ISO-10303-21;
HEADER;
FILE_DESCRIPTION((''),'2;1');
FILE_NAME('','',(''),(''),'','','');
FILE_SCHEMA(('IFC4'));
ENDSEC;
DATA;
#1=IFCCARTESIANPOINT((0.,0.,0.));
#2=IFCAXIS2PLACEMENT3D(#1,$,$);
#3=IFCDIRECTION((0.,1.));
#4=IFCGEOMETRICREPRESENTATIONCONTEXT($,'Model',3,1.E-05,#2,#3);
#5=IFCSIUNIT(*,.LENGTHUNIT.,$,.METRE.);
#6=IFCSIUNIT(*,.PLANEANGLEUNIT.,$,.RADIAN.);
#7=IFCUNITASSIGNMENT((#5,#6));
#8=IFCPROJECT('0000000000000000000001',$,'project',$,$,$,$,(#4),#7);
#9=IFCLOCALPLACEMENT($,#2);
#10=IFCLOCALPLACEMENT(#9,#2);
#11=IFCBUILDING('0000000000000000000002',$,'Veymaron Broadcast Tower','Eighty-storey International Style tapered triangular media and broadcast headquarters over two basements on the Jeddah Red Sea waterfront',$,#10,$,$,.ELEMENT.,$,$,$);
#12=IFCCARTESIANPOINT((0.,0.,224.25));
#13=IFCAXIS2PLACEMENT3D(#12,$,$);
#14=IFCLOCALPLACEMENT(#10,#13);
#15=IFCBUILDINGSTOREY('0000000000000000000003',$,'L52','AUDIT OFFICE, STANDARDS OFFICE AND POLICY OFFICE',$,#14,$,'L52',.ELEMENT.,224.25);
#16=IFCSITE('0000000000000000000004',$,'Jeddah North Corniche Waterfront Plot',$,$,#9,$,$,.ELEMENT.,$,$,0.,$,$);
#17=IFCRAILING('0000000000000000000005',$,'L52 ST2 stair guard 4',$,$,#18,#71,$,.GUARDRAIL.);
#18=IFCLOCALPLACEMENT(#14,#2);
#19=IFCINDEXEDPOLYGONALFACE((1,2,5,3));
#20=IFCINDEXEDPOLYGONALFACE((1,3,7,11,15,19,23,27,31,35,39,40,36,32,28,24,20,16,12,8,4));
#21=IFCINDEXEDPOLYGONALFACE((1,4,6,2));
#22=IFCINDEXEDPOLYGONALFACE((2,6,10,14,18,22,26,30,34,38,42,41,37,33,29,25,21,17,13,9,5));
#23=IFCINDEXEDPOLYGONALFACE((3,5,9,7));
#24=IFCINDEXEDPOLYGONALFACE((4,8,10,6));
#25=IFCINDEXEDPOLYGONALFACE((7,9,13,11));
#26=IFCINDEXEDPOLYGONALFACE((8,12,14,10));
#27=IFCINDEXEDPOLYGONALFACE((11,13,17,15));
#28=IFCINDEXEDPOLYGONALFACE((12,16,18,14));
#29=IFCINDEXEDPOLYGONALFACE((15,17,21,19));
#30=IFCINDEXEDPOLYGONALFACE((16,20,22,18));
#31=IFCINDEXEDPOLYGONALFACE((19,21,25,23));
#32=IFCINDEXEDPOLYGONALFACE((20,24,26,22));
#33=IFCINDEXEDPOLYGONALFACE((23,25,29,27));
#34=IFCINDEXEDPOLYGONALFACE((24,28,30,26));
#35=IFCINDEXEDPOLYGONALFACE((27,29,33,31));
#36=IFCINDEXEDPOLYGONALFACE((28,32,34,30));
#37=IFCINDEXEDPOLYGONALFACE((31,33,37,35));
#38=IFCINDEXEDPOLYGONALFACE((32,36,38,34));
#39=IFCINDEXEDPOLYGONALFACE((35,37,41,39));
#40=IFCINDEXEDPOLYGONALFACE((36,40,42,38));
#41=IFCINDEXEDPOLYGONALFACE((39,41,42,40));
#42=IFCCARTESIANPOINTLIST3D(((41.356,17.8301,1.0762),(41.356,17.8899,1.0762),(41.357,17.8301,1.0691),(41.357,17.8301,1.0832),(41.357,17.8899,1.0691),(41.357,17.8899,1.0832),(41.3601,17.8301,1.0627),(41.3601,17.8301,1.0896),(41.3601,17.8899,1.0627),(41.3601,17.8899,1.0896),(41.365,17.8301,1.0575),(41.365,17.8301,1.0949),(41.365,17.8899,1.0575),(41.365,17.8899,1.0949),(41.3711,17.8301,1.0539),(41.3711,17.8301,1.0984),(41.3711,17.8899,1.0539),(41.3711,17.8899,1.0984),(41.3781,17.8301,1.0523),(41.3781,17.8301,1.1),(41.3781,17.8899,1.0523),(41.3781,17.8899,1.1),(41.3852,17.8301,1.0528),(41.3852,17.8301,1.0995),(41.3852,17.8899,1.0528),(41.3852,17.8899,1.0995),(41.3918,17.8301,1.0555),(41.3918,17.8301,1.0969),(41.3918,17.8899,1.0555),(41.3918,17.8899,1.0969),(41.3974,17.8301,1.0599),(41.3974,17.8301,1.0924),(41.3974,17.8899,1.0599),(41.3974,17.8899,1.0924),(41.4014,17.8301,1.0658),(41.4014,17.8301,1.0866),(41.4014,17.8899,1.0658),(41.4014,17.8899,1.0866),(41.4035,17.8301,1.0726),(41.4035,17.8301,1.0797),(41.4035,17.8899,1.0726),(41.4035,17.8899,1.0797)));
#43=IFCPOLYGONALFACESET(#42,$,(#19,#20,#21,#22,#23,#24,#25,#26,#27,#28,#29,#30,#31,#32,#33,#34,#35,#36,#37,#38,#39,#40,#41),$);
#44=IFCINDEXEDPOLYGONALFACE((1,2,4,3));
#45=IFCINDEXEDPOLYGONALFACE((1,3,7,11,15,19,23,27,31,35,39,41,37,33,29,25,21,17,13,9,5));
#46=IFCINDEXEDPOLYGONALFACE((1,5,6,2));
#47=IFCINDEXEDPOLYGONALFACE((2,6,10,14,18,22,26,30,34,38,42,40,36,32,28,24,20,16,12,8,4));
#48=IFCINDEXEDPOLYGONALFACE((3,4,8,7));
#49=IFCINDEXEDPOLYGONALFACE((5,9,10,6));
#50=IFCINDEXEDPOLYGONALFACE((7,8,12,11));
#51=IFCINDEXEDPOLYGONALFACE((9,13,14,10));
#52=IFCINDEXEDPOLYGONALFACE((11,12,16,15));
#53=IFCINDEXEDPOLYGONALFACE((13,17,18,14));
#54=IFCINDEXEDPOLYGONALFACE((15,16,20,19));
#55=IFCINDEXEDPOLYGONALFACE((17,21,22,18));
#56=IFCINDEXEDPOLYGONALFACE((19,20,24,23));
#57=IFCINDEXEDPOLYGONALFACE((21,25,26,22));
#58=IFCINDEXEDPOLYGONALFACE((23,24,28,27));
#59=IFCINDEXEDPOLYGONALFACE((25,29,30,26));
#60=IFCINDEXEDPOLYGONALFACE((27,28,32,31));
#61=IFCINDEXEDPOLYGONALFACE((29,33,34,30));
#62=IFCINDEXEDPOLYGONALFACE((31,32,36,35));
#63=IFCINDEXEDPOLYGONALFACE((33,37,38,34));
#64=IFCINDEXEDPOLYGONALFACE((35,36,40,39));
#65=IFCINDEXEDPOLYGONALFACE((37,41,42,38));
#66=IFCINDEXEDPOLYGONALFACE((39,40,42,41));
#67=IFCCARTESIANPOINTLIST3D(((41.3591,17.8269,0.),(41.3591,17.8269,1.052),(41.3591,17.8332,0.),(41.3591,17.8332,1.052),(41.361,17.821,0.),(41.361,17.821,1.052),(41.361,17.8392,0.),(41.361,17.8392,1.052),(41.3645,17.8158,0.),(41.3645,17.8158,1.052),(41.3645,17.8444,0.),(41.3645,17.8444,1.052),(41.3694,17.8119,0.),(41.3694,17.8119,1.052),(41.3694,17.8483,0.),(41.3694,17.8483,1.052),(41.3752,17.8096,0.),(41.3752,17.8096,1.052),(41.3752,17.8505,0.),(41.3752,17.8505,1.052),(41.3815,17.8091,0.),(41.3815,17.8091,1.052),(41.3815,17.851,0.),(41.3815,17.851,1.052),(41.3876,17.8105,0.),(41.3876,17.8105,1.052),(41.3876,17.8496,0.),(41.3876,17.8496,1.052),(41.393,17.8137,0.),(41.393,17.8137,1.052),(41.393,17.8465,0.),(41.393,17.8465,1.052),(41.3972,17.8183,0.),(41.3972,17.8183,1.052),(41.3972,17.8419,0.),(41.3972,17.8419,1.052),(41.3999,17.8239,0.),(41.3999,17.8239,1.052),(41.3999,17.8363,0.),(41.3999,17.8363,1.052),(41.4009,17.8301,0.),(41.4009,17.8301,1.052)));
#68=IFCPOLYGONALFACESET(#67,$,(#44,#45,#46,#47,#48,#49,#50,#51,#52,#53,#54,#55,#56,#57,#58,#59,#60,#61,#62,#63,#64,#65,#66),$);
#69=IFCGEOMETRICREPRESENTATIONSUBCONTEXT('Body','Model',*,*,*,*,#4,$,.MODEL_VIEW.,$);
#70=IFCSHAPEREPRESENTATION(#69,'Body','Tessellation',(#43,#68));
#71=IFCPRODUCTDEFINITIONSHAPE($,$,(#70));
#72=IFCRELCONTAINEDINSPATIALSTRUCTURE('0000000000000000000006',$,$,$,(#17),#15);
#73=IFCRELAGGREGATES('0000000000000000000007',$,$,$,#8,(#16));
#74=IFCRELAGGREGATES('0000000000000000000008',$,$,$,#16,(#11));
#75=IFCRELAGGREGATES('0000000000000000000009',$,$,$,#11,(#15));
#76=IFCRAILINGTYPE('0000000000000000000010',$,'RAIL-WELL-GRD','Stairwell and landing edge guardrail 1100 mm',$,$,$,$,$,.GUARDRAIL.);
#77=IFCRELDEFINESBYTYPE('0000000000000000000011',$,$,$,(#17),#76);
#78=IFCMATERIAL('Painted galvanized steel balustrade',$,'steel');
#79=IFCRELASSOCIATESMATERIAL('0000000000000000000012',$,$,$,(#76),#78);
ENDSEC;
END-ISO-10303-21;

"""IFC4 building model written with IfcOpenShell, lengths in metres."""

from ifc_helpers import new_model, si_unit, direction, frame, origin, origin_2d, place, context, subcontext, project, spatial, circle, extrude, material, type_object, element, save


model = new_model("IFC4")

# Units and contexts
model_context = context("Model", 3, precision=1e-05, world=origin(), true_north=direction((0.0, 1.0)))
body_context = subcontext(model_context, "Body", "Model", "MODEL_VIEW")
ifc_project = project(units=[si_unit("LENGTHUNIT", "METRE"), si_unit("PLANEANGLEUNIT", "RADIAN")], contexts=[model_context])

# Site, building, storey
site_placement = place(None, origin())
site = spatial("IfcSite", under=ifc_project, at=site_placement, Name="Jeddah North Corniche Waterfront Plot", CompositionType="ELEMENT", RefElevation=0.0)
building_placement = place(site_placement, origin())
building = spatial("IfcBuilding", under=site, at=building_placement, Name="Veymaron Broadcast Tower", Description="Eighty-storey International Style tapered triangular media and broadcast headquarters over two basements on the Jeddah Red Sea waterfront", CompositionType="ELEMENT")
storey_placement = place(building_placement, frame((0.0, 0.0, 224.25)))
storey = spatial("IfcBuildingStorey", under=building, at=storey_placement, Name="L52", Description="AUDIT OFFICE, STANDARDS OFFICE AND POLICY OFFICE", LongName="L52", CompositionType="ELEMENT", Elevation=224.25)

# Railing
ifc_material_1 = material(Name="Painted galvanized steel balustrade", Category="steel")
railing_type_1 = type_object("IfcRailingType", Name="RAIL-WELL-GRD", Description="Stairwell and landing edge guardrail 1100 mm", PredefinedType="GUARDRAIL", material=ifc_material_1)
railing_1_placement = place(storey_placement, frame((41.3799, 17.8301, 0.0)))
element("IfcRailing", 1, at=railing_1_placement, inside=storey, type_object=railing_type_1, Name="L52 ST2 stair guard 4", PredefinedType="GUARDRAIL", context=body_context, shape_type="SweptSolid", body=[
    extrude(circle(Radius=0.0239, at=origin_2d()), frame((0.0, 0.0, 1.0762), z_axis=(0.0, 1.0, 0.0), x_axis=(-1.0, 0.0, 0.0)), (0.0, 0.0, 1.0), 0.0598),
    extrude(circle(Radius=0.021, at=origin_2d()), origin(), (0.0, 0.0, 1.0), 1.052),
])

save(model, "model.ifc")
